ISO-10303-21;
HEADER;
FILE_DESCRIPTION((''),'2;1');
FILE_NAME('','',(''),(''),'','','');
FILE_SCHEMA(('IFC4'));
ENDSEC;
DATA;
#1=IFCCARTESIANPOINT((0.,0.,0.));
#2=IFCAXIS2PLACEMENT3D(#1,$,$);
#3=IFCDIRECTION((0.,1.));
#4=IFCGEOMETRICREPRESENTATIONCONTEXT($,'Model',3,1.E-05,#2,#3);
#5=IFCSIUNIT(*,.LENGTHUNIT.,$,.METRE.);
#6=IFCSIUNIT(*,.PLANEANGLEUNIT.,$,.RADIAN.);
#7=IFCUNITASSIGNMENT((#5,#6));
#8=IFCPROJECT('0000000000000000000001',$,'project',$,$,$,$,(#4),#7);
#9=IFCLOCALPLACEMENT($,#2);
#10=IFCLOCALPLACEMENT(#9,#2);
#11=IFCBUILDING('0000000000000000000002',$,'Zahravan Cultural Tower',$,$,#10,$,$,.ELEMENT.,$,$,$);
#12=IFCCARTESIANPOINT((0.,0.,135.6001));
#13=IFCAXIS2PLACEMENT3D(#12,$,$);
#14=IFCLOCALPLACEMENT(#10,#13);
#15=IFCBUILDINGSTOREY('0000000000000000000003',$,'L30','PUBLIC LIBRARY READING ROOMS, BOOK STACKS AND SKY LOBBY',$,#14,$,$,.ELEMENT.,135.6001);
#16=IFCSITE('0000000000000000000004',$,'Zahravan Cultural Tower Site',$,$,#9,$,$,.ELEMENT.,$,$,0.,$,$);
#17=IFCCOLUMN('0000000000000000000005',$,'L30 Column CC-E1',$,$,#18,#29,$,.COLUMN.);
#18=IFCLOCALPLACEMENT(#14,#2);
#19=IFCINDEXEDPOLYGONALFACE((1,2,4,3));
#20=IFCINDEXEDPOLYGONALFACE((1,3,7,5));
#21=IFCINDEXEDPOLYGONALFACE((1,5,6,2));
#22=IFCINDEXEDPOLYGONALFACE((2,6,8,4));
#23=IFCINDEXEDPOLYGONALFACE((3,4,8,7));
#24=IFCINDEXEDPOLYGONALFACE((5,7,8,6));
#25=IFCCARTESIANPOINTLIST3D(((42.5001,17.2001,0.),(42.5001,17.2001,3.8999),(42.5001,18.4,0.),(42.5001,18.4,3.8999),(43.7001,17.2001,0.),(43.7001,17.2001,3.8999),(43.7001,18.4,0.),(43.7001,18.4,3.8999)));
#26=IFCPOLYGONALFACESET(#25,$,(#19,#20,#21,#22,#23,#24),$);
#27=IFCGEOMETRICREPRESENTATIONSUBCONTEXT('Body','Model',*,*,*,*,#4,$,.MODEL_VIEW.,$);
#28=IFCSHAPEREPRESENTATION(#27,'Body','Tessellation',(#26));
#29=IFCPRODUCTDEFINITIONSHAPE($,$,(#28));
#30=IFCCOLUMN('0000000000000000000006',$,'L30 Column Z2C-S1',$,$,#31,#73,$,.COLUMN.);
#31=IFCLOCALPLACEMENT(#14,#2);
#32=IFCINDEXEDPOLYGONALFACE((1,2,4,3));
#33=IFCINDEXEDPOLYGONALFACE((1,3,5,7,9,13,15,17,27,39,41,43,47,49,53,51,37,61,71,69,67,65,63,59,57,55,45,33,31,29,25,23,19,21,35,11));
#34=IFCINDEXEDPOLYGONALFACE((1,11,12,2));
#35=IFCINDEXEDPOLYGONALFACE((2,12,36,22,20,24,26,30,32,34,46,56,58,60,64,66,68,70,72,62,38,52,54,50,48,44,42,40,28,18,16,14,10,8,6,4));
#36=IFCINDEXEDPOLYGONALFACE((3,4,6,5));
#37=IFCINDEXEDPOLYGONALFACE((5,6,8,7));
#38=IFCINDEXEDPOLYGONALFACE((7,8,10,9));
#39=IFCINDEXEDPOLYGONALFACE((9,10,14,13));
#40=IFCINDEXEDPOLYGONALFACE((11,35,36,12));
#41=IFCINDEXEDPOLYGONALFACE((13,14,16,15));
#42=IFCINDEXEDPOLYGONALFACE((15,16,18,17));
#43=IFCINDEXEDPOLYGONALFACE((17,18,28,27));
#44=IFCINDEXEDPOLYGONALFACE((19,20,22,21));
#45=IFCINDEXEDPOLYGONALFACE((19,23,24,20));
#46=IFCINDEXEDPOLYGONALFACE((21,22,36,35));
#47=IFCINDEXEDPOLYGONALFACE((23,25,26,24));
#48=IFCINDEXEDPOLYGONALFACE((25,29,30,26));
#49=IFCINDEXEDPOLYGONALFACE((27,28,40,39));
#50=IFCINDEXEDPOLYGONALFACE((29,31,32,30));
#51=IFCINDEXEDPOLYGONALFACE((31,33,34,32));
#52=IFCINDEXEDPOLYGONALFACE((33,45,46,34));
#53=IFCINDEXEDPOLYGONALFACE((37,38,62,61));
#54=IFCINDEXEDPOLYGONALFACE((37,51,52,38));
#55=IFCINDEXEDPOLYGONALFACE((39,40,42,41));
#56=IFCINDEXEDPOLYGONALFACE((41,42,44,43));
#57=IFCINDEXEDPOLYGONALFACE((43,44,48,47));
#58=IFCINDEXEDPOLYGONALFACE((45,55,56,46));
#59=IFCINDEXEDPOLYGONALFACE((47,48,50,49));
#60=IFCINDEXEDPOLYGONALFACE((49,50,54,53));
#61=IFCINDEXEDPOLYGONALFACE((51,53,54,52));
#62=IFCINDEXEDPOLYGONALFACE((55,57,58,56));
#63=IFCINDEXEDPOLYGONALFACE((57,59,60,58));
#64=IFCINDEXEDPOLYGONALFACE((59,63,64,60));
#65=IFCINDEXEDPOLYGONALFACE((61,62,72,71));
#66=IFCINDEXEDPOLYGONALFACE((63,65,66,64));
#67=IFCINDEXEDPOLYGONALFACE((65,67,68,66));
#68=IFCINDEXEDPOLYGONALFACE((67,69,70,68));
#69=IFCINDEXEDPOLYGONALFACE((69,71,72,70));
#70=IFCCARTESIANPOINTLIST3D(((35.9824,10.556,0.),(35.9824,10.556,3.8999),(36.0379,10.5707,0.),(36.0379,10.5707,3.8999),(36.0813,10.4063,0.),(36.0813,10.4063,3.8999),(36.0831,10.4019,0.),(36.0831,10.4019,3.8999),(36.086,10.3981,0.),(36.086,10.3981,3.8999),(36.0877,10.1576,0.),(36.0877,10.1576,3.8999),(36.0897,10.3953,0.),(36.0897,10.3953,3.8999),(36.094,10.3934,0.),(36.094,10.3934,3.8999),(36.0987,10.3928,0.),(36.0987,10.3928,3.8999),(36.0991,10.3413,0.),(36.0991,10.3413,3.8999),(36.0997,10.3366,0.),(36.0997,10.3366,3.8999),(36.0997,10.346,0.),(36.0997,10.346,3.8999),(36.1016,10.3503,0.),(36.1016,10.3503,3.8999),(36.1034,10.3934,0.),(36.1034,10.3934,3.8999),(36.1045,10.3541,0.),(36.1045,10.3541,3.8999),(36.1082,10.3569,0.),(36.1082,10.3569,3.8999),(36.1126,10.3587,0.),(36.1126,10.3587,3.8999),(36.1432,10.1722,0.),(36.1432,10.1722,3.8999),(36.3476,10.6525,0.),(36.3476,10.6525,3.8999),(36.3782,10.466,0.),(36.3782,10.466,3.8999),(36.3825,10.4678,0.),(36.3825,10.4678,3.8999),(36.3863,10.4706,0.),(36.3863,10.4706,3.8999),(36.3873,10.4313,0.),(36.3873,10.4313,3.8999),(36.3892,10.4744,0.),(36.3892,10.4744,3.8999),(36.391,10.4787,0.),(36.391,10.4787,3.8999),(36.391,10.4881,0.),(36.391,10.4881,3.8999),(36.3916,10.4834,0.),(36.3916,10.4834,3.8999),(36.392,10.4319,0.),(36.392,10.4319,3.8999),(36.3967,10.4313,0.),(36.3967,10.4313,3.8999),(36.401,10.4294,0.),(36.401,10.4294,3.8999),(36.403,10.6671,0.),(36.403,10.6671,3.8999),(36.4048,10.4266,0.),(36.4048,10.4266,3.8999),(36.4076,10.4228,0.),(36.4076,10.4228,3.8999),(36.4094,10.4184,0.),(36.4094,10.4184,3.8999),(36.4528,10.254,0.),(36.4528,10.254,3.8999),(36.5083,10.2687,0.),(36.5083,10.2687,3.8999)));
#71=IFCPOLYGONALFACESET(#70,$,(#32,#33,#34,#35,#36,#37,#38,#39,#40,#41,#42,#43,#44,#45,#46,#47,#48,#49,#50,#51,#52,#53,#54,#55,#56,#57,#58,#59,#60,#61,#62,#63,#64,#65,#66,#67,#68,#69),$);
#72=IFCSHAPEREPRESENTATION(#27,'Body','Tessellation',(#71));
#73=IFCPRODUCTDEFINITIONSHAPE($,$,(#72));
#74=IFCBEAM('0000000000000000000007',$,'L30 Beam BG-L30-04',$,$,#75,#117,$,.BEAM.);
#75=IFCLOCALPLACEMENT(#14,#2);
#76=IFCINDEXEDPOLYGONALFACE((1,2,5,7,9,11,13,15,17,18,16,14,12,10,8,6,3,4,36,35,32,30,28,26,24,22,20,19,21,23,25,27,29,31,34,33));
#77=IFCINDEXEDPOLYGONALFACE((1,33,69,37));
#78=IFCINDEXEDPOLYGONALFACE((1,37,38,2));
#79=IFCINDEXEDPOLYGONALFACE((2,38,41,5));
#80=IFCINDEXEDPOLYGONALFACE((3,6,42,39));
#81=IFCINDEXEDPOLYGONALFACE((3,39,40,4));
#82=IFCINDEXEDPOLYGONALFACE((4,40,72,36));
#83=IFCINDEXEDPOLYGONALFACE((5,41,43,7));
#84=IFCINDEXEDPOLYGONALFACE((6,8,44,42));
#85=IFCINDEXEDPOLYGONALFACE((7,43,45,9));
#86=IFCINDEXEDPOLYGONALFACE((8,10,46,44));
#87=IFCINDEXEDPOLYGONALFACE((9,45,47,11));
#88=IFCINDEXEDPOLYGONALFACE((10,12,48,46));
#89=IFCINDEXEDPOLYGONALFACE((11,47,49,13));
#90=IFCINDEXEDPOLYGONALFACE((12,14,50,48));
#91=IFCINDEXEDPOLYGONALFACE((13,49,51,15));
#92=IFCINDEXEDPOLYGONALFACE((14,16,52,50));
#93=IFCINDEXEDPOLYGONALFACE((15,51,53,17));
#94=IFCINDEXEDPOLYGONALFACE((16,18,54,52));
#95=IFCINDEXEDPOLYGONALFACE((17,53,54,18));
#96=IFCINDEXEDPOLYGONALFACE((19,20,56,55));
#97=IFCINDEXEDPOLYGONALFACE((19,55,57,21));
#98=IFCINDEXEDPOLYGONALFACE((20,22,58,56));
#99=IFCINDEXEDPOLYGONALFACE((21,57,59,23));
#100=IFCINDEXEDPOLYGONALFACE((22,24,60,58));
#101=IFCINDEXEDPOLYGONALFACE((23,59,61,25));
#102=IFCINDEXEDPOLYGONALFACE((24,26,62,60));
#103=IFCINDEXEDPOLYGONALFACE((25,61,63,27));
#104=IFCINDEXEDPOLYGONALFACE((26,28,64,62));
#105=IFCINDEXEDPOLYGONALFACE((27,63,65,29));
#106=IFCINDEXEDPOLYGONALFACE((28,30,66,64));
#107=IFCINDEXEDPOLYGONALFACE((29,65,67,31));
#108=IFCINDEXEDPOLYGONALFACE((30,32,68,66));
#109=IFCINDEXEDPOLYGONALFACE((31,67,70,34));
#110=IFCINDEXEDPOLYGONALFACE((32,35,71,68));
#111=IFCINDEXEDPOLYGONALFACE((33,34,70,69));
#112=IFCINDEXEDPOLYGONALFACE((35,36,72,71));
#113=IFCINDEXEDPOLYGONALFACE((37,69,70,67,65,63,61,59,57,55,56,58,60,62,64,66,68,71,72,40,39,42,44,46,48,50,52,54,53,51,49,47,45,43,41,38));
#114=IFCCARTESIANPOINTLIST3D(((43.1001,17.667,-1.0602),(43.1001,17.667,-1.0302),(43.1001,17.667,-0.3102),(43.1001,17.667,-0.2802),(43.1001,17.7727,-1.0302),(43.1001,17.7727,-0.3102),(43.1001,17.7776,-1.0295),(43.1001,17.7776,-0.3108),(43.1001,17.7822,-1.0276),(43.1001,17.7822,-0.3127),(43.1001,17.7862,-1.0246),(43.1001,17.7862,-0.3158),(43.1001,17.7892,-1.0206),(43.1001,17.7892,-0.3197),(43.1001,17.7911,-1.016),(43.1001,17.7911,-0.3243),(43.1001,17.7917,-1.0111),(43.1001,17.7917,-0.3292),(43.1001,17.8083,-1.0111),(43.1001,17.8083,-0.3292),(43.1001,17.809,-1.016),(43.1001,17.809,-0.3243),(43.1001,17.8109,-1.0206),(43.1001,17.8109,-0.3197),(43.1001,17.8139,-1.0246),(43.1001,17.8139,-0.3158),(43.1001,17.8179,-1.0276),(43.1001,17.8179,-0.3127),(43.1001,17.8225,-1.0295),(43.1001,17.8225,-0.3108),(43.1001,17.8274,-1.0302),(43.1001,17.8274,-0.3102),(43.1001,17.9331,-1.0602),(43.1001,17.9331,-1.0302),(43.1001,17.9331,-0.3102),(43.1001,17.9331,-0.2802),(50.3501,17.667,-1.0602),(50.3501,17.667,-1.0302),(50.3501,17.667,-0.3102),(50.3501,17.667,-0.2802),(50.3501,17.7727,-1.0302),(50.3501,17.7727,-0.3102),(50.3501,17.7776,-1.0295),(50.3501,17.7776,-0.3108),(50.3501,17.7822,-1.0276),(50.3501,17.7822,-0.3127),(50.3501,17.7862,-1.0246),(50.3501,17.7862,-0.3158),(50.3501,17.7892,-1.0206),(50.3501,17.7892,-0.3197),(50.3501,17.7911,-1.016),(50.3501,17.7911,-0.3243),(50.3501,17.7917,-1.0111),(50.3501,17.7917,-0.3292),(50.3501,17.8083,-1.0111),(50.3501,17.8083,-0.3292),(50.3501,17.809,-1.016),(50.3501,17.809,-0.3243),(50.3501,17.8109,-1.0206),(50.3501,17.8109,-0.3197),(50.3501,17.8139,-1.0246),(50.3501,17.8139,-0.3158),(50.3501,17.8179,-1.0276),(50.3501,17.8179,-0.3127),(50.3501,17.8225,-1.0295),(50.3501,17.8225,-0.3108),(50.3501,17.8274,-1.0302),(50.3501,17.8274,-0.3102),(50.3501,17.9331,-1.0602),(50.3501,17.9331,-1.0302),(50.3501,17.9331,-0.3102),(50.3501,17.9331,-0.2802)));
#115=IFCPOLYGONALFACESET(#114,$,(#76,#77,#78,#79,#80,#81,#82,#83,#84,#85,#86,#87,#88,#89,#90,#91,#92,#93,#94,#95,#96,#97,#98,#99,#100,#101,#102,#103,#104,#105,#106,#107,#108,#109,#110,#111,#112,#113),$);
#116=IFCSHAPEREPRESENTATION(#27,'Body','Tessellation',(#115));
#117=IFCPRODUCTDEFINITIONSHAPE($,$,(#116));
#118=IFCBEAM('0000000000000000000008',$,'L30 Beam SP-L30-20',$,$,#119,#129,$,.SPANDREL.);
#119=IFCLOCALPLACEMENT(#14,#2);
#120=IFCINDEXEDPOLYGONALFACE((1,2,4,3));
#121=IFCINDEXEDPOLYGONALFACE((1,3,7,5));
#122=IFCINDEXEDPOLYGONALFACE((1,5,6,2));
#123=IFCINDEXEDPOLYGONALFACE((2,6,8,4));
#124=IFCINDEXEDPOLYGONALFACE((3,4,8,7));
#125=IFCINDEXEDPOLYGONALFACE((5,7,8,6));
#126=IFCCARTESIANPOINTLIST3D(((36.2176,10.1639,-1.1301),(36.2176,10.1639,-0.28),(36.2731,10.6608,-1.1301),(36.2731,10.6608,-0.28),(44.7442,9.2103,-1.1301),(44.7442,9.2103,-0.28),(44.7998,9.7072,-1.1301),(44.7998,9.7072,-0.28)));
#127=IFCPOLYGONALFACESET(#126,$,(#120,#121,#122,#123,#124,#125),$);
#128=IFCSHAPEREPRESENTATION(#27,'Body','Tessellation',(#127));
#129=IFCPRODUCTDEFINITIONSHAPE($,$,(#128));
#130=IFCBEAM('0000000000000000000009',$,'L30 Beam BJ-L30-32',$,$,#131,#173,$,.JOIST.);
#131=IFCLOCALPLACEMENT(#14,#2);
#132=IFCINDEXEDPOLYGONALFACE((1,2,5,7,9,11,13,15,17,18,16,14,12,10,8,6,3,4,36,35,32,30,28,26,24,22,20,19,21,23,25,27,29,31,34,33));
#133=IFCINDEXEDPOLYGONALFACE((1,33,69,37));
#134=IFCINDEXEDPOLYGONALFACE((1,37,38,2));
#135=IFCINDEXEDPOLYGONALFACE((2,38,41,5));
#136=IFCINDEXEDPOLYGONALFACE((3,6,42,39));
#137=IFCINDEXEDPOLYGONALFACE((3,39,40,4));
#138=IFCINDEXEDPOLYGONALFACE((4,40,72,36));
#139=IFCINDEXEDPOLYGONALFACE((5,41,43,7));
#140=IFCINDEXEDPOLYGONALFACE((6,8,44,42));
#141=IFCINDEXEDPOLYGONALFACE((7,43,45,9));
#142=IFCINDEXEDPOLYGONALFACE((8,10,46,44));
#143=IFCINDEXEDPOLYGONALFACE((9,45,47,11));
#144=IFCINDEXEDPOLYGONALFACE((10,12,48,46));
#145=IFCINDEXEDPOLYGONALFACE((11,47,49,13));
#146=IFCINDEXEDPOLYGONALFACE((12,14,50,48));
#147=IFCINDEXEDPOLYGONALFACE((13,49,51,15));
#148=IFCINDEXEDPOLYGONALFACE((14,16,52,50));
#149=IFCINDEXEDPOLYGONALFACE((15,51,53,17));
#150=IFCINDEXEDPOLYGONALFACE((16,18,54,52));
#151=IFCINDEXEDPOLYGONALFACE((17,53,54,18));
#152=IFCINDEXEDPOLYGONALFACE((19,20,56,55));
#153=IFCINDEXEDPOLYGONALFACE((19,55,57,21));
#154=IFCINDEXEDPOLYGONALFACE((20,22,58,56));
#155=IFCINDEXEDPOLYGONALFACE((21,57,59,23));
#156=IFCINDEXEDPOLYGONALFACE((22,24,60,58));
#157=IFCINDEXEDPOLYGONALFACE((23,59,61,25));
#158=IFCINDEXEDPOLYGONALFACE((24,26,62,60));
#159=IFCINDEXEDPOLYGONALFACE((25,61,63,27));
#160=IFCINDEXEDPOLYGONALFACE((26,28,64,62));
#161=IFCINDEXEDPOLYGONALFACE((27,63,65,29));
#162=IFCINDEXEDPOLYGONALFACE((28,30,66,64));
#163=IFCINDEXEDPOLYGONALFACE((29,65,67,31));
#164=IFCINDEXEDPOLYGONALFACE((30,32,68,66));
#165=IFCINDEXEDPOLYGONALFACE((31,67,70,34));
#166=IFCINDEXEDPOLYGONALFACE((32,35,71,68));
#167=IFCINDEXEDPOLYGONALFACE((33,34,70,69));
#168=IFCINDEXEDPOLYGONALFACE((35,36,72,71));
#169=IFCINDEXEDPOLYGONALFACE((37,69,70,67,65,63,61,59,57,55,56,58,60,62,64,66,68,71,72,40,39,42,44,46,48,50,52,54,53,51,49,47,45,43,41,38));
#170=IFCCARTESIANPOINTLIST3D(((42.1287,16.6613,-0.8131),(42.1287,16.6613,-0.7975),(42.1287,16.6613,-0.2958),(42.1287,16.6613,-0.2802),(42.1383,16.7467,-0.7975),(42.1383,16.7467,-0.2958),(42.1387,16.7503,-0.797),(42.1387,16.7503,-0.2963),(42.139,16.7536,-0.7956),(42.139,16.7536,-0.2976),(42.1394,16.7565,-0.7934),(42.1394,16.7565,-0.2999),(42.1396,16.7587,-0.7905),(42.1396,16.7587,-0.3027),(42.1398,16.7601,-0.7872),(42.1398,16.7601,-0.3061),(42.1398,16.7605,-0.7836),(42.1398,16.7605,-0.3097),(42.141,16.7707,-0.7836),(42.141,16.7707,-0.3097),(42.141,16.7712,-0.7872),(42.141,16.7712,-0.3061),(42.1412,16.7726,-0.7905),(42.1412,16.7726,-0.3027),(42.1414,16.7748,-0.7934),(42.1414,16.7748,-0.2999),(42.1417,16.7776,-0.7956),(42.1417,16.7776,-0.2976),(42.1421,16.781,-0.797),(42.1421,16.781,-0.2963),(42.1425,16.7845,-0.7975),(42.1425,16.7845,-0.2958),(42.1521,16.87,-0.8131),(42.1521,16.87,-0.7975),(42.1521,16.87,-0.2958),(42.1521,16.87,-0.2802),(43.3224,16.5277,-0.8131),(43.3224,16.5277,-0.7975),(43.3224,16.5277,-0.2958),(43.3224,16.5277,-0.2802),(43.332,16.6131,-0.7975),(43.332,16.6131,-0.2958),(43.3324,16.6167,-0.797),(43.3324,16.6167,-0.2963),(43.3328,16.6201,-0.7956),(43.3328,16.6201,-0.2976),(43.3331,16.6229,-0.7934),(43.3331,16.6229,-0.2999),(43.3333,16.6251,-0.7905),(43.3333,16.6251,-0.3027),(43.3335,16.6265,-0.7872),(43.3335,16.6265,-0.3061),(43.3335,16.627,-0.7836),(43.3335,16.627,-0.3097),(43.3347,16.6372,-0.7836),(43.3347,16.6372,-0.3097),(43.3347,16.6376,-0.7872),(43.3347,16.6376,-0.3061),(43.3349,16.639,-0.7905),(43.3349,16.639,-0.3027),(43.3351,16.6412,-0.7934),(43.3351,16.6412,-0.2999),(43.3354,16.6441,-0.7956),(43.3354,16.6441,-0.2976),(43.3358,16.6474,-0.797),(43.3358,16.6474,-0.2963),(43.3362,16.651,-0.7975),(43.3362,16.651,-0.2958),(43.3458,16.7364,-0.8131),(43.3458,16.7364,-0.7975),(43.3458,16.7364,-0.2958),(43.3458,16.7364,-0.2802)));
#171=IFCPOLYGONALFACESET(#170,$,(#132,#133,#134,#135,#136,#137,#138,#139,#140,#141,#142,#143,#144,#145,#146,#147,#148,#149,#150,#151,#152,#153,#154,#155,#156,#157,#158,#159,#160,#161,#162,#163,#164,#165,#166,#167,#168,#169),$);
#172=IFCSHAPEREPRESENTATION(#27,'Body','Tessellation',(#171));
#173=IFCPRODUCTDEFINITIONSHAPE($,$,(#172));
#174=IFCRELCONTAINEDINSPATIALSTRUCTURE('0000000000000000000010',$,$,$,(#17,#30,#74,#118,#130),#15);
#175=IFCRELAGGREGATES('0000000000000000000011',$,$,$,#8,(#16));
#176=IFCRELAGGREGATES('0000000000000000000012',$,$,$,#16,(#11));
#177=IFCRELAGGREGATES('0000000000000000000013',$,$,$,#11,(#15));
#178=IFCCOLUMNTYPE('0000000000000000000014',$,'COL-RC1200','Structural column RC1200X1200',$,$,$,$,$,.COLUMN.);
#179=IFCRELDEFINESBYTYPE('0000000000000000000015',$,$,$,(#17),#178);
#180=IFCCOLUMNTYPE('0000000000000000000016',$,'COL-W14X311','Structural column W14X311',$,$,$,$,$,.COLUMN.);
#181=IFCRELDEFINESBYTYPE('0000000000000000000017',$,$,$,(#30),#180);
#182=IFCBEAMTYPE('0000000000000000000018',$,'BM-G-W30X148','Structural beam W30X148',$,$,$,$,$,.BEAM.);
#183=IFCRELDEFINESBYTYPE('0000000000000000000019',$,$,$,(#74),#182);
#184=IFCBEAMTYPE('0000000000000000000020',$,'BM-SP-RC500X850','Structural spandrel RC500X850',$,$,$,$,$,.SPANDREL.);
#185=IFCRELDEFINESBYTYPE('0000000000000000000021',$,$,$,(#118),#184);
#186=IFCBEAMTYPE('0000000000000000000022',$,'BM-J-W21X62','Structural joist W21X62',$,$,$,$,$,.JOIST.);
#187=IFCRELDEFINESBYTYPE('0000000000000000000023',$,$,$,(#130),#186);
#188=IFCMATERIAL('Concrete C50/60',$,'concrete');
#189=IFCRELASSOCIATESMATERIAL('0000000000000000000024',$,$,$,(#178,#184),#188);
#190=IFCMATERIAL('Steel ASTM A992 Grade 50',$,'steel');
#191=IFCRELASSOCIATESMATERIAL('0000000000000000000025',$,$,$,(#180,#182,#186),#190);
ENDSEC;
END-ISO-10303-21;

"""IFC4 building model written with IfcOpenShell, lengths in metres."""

from ifc_helpers import new_model, si_unit, direction, frame, origin, origin_2d, place, context, subcontext, project, spatial, rectangle, i_section, extrude, source, transform, mapped, material, material_profile, profile_set, type_object, element, save


model = new_model("IFC4")

# Units and contexts
model_context = context("Model", 3, precision=1e-05, world=origin(), true_north=direction((0.0, 1.0)))
body_context = subcontext(model_context, "Body", "Model", "MODEL_VIEW")
ifc_project = project(units=[si_unit("LENGTHUNIT", "METRE"), si_unit("PLANEANGLEUNIT", "RADIAN")], contexts=[model_context])

# Site, building, storey
site_placement = place(None, origin())
site = spatial("IfcSite", under=ifc_project, at=site_placement, Name="Zahravan Cultural Tower Site", CompositionType="ELEMENT", RefElevation=0.0)
building_placement = place(site_placement, origin())
building = spatial("IfcBuilding", under=site, at=building_placement, Name="Zahravan Cultural Tower", CompositionType="ELEMENT")
storey_placement = place(building_placement, frame((0.0, 0.0, 135.6001)))
storey = spatial("IfcBuildingStorey", under=building, at=storey_placement, Name="L30", Description="PUBLIC LIBRARY READING ROOMS, BOOK STACKS AND SKY LOBBY", CompositionType="ELEMENT", Elevation=135.6001)

# Columns
ifc_material_1 = material(Name="Concrete C50/60", Category="concrete")
ifc_material_profile_1 = material_profile(ifc_material_1, rectangle(XDim=1.2, YDim=1.2, at=origin_2d()), Name="RC1200X1200")
ifc_profile_set_1 = profile_set([ifc_material_profile_1], Name="Concrete C50/60")
column_type_1 = type_object("IfcColumnType", Name="COL-RC1200", Description="Structural column RC1200X1200", PredefinedType="COLUMN", material=ifc_profile_set_1)
shared_shape_1 = source(origin(), body_context, "Body", "SweptSolid", [
    extrude(rectangle(XDim=1.2, YDim=1.2, at=origin_2d()), origin(), (0.0, 0.0, 1.0), 3.8999),
])
column_1_placement = place(storey_placement, frame((43.1001, 17.8, 0.0), z_axis=(0.0, 0.0, 1.0), x_axis=(1.0, 0.0, 0.0)))
element("IfcColumn", 1, at=column_1_placement, inside=storey, type_object=column_type_1, Name="L30 Column CC-E1", PredefinedType="COLUMN", context=body_context, shape_type="MappedRepresentation", body=[
    mapped(shared_shape_1, transform((0.0, 0.0, 0.0), x_axis=(1.0, 0.0, 0.0), y_axis=(0.0, 1.0, 0.0), z_axis=(0.0, 0.0, 1.0), scale=1.0)),
])
ifc_material_2 = material(Name="Steel ASTM A992 Grade 50", Category="steel")
ifc_material_profile_2 = material_profile(ifc_material_2, i_section(OverallWidth=0.4121, OverallDepth=0.4351, WebThickness=0.0359, FlangeThickness=0.0574, FilletRadius=0.0181, at=origin_2d()), Name="W14X311")
ifc_profile_set_2 = profile_set([ifc_material_profile_2], Name="Steel ASTM A992 Grade 50")
column_type_2 = type_object("IfcColumnType", Name="COL-W14X311", Description="Structural column W14X311", PredefinedType="COLUMN", material=ifc_profile_set_2)
shared_shape_2 = source(origin(), body_context, "Body", "SweptSolid", [
    extrude(i_section(OverallWidth=0.4121, OverallDepth=0.4351, WebThickness=0.0359, FlangeThickness=0.0574, FilletRadius=0.0181, at=origin_2d()), origin(), (0.0, 0.0, 1.0), 3.8999),
])
column_2_placement = place(storey_placement, frame((36.2454, 10.4124, 0.0), z_axis=(0.0, 0.0, 1.0), x_axis=(-0.255446, 0.966823, 0.0)))
element("IfcColumn", 2, at=column_2_placement, inside=storey, type_object=column_type_2, Name="L30 Column Z2C-S1", PredefinedType="COLUMN", context=body_context, shape_type="MappedRepresentation", body=[
    mapped(shared_shape_2, transform((0.0, 0.0, 0.0), x_axis=(1.0, 0.0, 0.0), y_axis=(0.0, 1.0, 0.0), z_axis=(0.0, 0.0, 1.0), scale=1.0)),
])

# Beams
ifc_material_profile_3 = material_profile(ifc_material_2, i_section(OverallWidth=0.2661, OverallDepth=0.78, WebThickness=0.0166, FlangeThickness=0.03, FilletRadius=0.019, at=origin_2d()), Name="W30X148")
ifc_profile_set_3 = profile_set([ifc_material_profile_3], Name="Steel ASTM A992 Grade 50")
beam_type_1 = type_object("IfcBeamType", Name="BM-G-W30X148", Description="Structural beam W30X148", PredefinedType="BEAM", material=ifc_profile_set_3)
shared_shape_3 = source(origin(), body_context, "Body", "SweptSolid", [
    extrude(i_section(OverallWidth=0.2661, OverallDepth=0.78, WebThickness=0.0166, FlangeThickness=0.03, FilletRadius=0.019, at=origin_2d()), origin(), (0.0, 0.0, 1.0), 7.25),
])
beam_1_placement = place(storey_placement, frame((43.1001, 17.8, -0.6702), z_axis=(1.0, 0.0, 0.0), x_axis=(0.0, 1.0, 0.0)))
element("IfcBeam", 3, at=beam_1_placement, inside=storey, type_object=beam_type_1, Name="L30 Beam BG-L30-04", PredefinedType="BEAM", context=body_context, shape_type="MappedRepresentation", body=[
    mapped(shared_shape_3, transform((0.0, 0.0, 0.0), x_axis=(1.0, 0.0, 0.0), y_axis=(0.0, 1.0, 0.0), z_axis=(0.0, 0.0, 1.0), scale=1.0)),
])
ifc_material_profile_4 = material_profile(ifc_material_1, rectangle(XDim=0.5, YDim=0.8501, at=origin_2d()), Name="RC500X850")
ifc_profile_set_4 = profile_set([ifc_material_profile_4], Name="Concrete C50/60")
beam_type_2 = type_object("IfcBeamType", Name="BM-SP-RC500X850", Description="Structural spandrel RC500X850", PredefinedType="SPANDREL", material=ifc_profile_set_4)
shared_shape_4 = source(origin(), body_context, "Body", "SweptSolid", [
    extrude(rectangle(XDim=0.5, YDim=0.8501, at=origin_2d()), origin(), (0.0, 0.0, 1.0), 8.5798),
])
beam_2_placement = place(storey_placement, frame((36.2454, 10.4124, -0.7051), z_axis=(0.993804, -0.111147, 0.0), x_axis=(0.111147, 0.993804, 0.0)))
element("IfcBeam", 4, at=beam_2_placement, inside=storey, type_object=beam_type_2, Name="L30 Beam SP-L30-20", PredefinedType="SPANDREL", context=body_context, shape_type="MappedRepresentation", body=[
    mapped(shared_shape_4, transform((0.0, 0.0, 0.0), x_axis=(1.0, 0.0, 0.0), y_axis=(0.0, 1.0, 0.0), z_axis=(0.0, 0.0, 1.0), scale=1.0)),
])
ifc_material_profile_5 = material_profile(ifc_material_2, i_section(OverallWidth=0.21, OverallDepth=0.533, WebThickness=0.0103, FlangeThickness=0.0156, FilletRadius=0.0139, at=origin_2d()), Name="W21X62")
ifc_profile_set_5 = profile_set([ifc_material_profile_5], Name="Steel ASTM A992 Grade 50")
beam_type_3 = type_object("IfcBeamType", Name="BM-J-W21X62", Description="Structural joist W21X62", PredefinedType="JOIST", material=ifc_profile_set_5)
shared_shape_5 = source(origin(), body_context, "Body", "SweptSolid", [
    extrude(i_section(OverallWidth=0.21, OverallDepth=0.533, WebThickness=0.0103, FlangeThickness=0.0156, FilletRadius=0.0139, at=origin_2d()), origin(), (0.0, 0.0, 1.0), 1.2012),
])
beam_3_placement = place(storey_placement, frame((42.1404, 16.7656, -0.5466), z_axis=(0.993799, -0.11119, 0.0), x_axis=(0.11119, 0.993799, 0.0)))
element("IfcBeam", 5, at=beam_3_placement, inside=storey, type_object=beam_type_3, Name="L30 Beam BJ-L30-32", PredefinedType="JOIST", context=body_context, shape_type="MappedRepresentation", body=[
    mapped(shared_shape_5, transform((0.0, 0.0, 0.0), x_axis=(1.0, 0.0, 0.0), y_axis=(0.0, 1.0, 0.0), z_axis=(0.0, 0.0, 1.0), scale=1.0)),
])

save(model, "model.ifc")
